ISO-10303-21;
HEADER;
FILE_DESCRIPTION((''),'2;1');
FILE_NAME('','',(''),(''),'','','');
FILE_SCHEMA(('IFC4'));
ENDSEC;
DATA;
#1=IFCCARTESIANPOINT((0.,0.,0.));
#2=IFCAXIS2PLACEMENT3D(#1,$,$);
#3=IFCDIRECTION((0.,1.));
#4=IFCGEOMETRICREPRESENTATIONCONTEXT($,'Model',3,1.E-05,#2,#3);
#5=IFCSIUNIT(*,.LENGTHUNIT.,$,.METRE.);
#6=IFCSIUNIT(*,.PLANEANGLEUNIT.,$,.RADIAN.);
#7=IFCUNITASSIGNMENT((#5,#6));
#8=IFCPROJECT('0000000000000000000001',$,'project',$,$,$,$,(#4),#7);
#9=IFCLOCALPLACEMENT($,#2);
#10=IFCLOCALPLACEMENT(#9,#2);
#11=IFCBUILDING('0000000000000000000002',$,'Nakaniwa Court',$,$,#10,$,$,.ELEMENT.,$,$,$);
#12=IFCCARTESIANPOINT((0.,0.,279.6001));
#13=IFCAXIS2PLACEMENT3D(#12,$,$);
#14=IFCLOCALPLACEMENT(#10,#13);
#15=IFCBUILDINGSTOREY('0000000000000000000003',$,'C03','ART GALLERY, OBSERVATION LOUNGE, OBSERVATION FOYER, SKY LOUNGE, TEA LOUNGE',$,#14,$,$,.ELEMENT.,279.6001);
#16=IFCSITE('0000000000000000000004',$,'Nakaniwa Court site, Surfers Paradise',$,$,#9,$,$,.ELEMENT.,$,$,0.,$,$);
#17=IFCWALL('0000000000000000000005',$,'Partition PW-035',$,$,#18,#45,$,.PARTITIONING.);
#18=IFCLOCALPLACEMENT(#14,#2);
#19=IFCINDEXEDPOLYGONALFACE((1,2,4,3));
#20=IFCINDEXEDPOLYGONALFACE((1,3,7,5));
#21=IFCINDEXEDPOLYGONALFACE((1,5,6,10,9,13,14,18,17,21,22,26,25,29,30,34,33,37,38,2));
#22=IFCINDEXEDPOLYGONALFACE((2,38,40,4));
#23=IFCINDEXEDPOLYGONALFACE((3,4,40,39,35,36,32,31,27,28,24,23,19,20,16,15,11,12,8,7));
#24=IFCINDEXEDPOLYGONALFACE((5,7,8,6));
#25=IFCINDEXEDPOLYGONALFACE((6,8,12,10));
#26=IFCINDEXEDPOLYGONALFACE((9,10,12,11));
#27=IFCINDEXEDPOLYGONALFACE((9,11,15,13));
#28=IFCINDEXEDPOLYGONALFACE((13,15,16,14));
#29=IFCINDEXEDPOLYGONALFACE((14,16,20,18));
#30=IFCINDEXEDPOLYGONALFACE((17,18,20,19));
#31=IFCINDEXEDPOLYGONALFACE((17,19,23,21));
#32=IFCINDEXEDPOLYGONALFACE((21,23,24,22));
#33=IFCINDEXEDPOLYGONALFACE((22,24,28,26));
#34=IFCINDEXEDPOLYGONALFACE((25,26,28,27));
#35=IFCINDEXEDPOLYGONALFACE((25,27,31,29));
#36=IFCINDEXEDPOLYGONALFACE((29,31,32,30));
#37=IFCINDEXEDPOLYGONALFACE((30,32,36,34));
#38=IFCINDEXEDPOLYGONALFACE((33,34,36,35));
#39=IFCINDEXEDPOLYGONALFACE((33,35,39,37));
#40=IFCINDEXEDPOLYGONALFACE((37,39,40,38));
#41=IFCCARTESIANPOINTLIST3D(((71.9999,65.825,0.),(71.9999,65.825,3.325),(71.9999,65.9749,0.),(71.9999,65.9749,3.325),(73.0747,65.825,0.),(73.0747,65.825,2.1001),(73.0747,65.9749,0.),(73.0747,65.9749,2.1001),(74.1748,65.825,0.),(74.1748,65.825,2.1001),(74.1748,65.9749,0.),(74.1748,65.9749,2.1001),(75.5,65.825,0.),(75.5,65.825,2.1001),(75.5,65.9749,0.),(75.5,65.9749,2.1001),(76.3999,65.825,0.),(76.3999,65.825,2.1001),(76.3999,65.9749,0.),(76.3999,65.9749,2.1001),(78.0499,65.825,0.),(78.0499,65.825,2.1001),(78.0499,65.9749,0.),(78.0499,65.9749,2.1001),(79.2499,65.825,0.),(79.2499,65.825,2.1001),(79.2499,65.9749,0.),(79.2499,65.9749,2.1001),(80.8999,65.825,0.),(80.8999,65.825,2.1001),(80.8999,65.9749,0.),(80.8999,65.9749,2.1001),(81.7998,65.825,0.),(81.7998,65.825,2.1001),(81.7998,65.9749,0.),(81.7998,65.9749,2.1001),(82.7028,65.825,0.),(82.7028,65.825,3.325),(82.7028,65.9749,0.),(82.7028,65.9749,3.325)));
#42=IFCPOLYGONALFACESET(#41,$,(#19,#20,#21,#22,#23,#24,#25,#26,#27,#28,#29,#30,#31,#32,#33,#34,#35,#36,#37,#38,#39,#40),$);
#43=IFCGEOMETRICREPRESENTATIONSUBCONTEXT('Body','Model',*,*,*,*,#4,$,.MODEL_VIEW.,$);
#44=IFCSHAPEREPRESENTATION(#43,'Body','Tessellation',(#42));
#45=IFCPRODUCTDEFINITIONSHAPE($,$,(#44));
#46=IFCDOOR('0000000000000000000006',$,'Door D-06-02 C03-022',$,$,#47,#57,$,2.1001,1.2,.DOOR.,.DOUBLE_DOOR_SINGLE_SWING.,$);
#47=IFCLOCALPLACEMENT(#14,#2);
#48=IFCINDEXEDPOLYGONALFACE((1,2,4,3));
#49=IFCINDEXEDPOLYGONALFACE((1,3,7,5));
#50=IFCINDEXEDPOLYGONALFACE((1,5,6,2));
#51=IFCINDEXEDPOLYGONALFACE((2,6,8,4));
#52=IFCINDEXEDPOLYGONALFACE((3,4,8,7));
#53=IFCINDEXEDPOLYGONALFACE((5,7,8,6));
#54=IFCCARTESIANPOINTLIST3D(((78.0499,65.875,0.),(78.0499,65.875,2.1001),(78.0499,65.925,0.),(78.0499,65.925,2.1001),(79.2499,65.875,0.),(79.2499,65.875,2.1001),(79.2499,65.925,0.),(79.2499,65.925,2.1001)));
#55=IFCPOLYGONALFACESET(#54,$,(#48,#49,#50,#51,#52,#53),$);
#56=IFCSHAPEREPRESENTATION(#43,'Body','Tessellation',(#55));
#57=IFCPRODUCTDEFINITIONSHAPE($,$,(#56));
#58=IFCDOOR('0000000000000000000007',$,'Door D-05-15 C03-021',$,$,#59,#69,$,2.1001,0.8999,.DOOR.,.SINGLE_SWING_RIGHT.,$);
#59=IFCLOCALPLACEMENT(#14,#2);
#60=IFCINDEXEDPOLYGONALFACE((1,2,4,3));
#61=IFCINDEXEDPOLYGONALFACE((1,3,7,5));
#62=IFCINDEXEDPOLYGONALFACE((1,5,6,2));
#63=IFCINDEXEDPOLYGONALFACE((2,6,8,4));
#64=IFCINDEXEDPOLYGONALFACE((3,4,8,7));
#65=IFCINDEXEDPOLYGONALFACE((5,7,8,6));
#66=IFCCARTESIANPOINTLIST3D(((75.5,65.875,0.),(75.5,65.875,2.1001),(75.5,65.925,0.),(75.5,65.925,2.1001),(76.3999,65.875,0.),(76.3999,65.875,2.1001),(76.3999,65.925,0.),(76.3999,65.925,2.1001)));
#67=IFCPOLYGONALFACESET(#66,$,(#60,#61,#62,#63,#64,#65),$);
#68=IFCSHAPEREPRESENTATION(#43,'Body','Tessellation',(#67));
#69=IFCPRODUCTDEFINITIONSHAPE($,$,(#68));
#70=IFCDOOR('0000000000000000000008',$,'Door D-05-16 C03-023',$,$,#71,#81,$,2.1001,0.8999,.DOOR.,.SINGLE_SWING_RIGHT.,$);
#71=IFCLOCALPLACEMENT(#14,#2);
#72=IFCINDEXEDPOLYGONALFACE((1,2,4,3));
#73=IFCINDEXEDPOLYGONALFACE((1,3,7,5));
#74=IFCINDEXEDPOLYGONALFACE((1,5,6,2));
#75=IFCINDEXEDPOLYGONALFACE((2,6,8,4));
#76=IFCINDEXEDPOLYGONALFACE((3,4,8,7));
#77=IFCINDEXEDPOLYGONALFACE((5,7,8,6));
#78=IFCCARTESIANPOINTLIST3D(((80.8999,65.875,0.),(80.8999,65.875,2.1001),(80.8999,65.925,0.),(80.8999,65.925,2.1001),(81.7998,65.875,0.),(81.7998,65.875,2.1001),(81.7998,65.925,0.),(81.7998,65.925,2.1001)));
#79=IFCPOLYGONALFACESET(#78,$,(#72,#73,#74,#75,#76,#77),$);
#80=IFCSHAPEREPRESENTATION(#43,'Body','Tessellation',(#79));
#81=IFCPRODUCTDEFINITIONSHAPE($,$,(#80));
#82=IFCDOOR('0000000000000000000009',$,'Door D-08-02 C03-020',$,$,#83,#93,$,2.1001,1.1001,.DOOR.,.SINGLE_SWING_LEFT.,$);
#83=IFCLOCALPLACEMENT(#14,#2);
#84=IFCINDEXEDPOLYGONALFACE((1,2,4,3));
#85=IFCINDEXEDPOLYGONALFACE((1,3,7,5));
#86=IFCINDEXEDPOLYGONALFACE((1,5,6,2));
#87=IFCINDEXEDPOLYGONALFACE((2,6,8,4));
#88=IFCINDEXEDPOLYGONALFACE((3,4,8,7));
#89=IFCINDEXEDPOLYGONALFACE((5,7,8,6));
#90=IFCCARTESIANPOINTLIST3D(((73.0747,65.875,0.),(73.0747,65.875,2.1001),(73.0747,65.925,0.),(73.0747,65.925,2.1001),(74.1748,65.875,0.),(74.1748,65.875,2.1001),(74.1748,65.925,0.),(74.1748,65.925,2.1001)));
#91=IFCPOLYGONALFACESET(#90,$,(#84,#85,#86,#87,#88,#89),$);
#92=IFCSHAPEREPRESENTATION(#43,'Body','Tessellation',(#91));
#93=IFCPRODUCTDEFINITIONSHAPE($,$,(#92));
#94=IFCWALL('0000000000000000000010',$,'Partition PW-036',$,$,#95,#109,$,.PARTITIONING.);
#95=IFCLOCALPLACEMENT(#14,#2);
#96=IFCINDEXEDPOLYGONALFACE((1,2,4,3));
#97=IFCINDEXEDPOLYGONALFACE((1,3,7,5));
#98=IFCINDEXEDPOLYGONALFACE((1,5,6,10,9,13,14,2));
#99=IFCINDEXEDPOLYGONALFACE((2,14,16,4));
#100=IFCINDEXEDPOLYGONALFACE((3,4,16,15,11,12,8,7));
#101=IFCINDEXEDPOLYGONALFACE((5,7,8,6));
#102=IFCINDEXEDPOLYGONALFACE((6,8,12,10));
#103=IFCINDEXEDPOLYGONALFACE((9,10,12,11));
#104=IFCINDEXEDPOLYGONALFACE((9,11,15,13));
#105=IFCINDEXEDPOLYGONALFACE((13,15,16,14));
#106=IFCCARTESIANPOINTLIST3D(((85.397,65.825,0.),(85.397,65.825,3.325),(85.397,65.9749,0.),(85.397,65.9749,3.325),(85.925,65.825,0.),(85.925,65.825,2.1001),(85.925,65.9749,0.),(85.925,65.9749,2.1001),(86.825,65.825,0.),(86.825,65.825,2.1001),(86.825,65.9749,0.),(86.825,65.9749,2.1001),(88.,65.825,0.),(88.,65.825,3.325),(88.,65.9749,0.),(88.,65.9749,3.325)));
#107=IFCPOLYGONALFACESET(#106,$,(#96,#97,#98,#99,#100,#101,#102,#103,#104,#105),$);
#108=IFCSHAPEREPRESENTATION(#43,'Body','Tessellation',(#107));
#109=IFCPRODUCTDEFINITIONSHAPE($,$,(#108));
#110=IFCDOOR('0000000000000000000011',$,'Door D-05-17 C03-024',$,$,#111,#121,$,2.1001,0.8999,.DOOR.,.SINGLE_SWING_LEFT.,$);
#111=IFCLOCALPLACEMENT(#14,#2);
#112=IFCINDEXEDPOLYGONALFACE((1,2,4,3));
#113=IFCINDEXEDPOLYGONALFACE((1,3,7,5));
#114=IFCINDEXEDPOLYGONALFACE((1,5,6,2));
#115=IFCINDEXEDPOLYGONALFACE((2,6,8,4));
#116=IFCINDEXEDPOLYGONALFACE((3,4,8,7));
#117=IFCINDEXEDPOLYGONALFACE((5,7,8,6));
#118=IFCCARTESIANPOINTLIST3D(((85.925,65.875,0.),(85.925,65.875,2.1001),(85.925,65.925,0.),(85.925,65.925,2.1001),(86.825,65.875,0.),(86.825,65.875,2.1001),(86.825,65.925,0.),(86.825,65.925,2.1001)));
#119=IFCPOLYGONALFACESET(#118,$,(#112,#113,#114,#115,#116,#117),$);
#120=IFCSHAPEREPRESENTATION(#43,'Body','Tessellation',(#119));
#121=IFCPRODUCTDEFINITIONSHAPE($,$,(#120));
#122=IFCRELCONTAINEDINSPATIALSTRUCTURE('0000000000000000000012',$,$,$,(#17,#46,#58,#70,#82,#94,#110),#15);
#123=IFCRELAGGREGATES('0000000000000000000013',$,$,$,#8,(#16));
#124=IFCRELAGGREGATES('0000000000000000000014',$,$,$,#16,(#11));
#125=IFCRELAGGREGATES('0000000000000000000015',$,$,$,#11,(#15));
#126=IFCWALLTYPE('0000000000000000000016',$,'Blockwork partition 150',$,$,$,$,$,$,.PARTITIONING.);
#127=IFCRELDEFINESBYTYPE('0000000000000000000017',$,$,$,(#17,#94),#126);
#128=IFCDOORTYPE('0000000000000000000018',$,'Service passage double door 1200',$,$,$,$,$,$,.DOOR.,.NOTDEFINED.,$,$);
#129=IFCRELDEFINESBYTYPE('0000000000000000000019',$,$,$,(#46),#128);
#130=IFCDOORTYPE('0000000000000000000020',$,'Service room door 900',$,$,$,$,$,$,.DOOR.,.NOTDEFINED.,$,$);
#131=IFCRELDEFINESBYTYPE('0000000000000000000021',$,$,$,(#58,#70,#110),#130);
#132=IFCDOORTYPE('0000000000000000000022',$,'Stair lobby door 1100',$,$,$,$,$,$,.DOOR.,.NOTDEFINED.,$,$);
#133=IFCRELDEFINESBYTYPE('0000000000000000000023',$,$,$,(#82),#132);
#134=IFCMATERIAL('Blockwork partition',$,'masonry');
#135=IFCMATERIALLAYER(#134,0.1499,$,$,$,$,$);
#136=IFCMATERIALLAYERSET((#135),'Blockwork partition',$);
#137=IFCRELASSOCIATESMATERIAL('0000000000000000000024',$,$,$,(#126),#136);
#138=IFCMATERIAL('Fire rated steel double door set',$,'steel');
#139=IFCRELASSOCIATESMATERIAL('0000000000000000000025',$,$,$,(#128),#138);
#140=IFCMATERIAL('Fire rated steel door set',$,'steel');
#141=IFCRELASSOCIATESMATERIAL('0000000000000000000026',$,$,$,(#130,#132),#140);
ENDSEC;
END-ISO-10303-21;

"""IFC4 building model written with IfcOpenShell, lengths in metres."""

from ifc_helpers import new_model, si_unit, direction, frame, frame_2d, origin, place, context, subcontext, project, spatial, rectangle, extrude, material, layer, layer_set, type_object, element, fill, save


model = new_model("IFC4")

# Units and contexts
model_context = context("Model", 3, precision=1e-05, world=origin(), true_north=direction((0.0, 1.0)))
body_context = subcontext(model_context, "Body", "Model", "MODEL_VIEW")
ifc_project = project(units=[si_unit("LENGTHUNIT", "METRE"), si_unit("PLANEANGLEUNIT", "RADIAN")], contexts=[model_context])

# Site, building, storey
site_placement = place(None, origin())
site = spatial("IfcSite", under=ifc_project, at=site_placement, Name="Nakaniwa Court site, Surfers Paradise", CompositionType="ELEMENT", RefElevation=0.0)
building_placement = place(site_placement, origin())
building = spatial("IfcBuilding", under=site, at=building_placement, Name="Nakaniwa Court", CompositionType="ELEMENT")
storey_placement = place(building_placement, frame((0.0, 0.0, 279.6001)))
storey = spatial("IfcBuildingStorey", under=building, at=storey_placement, Name="C03", Description="ART GALLERY, OBSERVATION LOUNGE, OBSERVATION FOYER, SKY LOUNGE, TEA LOUNGE", CompositionType="ELEMENT", Elevation=279.6001)

# Shared definitions
ifc_material_1 = material(Name="Blockwork partition", Category="masonry")
ifc_layer_1 = layer(ifc_material_1, 0.1499)
ifc_layer_set_1 = layer_set([ifc_layer_1], Name="Blockwork partition")
wall_type_1 = type_object("IfcWallType", Name="Blockwork partition 150", PredefinedType="PARTITIONING", material=ifc_layer_set_1)

# Wall, openings, doors
wall_1_placement = place(storey_placement, frame((82.7029, 65.8999, 0.0), z_axis=(0.0, 0.0, 1.0), x_axis=(-1.0, 0.0, 0.0)))
wall_1 = element("IfcWall", 1, at=wall_1_placement, inside=storey, type_object=wall_type_1, Name="Partition PW-035", PredefinedType="PARTITIONING", context=body_context, shape_type="SweptSolid", body=[
    extrude(rectangle(XDim=10.7029, YDim=0.1499, at=frame_2d((5.3516, 0.0))), origin(), (0.0, 0.0, 1.0), 3.325),
])
opening_1_placement = place(wall_1_placement, frame((8.5281, 0.0, 0.0)))
opening_1 = element("IfcOpeningElement", 2, at=opening_1_placement, cuts=wall_1, PredefinedType="OPENING", context=body_context, shape_type="SweptSolid", body=[
    extrude(rectangle(XDim=1.1001, YDim=2.1001, at=frame_2d((0.55, 1.05))), frame((0.0, 0.085, 0.0), z_axis=(0.0, -1.0, 0.0), x_axis=(1.0, 0.0, 0.0)), (0.0, 0.0, 1.0), 0.1699),
])
opening_2_placement = place(wall_1_placement, frame((6.303, 0.0, 0.0)))
opening_2 = element("IfcOpeningElement", 3, at=opening_2_placement, cuts=wall_1, PredefinedType="OPENING", context=body_context, shape_type="SweptSolid", body=[
    extrude(rectangle(XDim=0.8999, YDim=2.1001, at=frame_2d((0.45, 1.05))), frame((0.0, 0.085, 0.0), z_axis=(0.0, -1.0, 0.0), x_axis=(1.0, 0.0, 0.0)), (0.0, 0.0, 1.0), 0.1699),
])
opening_3_placement = place(wall_1_placement, frame((3.4529, 0.0, 0.0)))
opening_3 = element("IfcOpeningElement", 4, at=opening_3_placement, cuts=wall_1, PredefinedType="OPENING", context=body_context, shape_type="SweptSolid", body=[
    extrude(rectangle(XDim=1.2, YDim=2.1001, at=frame_2d((0.6001, 1.05))), frame((0.0, 0.085, 0.0), z_axis=(0.0, -1.0, 0.0), x_axis=(1.0, 0.0, 0.0)), (0.0, 0.0, 1.0), 0.1699),
])
opening_4_placement = place(wall_1_placement, frame((0.9031, 0.0, 0.0)))
opening_4 = element("IfcOpeningElement", 5, at=opening_4_placement, cuts=wall_1, PredefinedType="OPENING", context=body_context, shape_type="SweptSolid", body=[
    extrude(rectangle(XDim=0.8999, YDim=2.1001, at=frame_2d((0.45, 1.05))), frame((0.0, 0.085, 0.0), z_axis=(0.0, -1.0, 0.0), x_axis=(1.0, 0.0, 0.0)), (0.0, 0.0, 1.0), 0.1699),
])
ifc_material_2 = material(Name="Fire rated steel double door set", Category="steel")
door_type_1 = type_object("IfcDoorType", Name="Service passage double door 1200", OperationType="NOTDEFINED", PredefinedType="DOOR", material=ifc_material_2)
door_1_placement = place(opening_3_placement, origin())
door_1 = element("IfcDoor", 6, at=door_1_placement, inside=storey, type_object=door_type_1, Name="Door D-06-02 C03-022", OperationType="DOUBLE_DOOR_SINGLE_SWING", OverallHeight=2.1001, OverallWidth=1.2, PredefinedType="DOOR", context=body_context, shape_type="SweptSolid", body=[
    extrude(rectangle(XDim=1.2, YDim=2.1001, at=frame_2d((0.6001, 1.05))), frame((0.0, 0.0249, 0.0), z_axis=(0.0, -1.0, 0.0), x_axis=(1.0, 0.0, 0.0)), (0.0, 0.0, 1.0), 0.05),
])
fill(opening_3, door_1)
ifc_material_3 = material(Name="Fire rated steel door set", Category="steel")
door_type_2 = type_object("IfcDoorType", Name="Service room door 900", OperationType="NOTDEFINED", PredefinedType="DOOR", material=ifc_material_3)
door_2_placement = place(opening_2_placement, origin())
door_2 = element("IfcDoor", 7, at=door_2_placement, inside=storey, type_object=door_type_2, Name="Door D-05-15 C03-021", OperationType="SINGLE_SWING_RIGHT", OverallHeight=2.1001, OverallWidth=0.8999, PredefinedType="DOOR", context=body_context, shape_type="SweptSolid", body=[
    extrude(rectangle(XDim=0.8999, YDim=2.1001, at=frame_2d((0.45, 1.05))), frame((0.0, 0.0249, 0.0), z_axis=(0.0, -1.0, 0.0), x_axis=(1.0, 0.0, 0.0)), (0.0, 0.0, 1.0), 0.05),
])
fill(opening_2, door_2)
door_3_placement = place(opening_4_placement, origin())
door_3 = element("IfcDoor", 8, at=door_3_placement, inside=storey, type_object=door_type_2, Name="Door D-05-16 C03-023", OperationType="SINGLE_SWING_RIGHT", OverallHeight=2.1001, OverallWidth=0.8999, PredefinedType="DOOR", context=body_context, shape_type="SweptSolid", body=[
    extrude(rectangle(XDim=0.8999, YDim=2.1001, at=frame_2d((0.45, 1.05))), frame((0.0, 0.0249, 0.0), z_axis=(0.0, -1.0, 0.0), x_axis=(1.0, 0.0, 0.0)), (0.0, 0.0, 1.0), 0.05),
])
fill(opening_4, door_3)
door_type_3 = type_object("IfcDoorType", Name="Stair lobby door 1100", OperationType="NOTDEFINED", PredefinedType="DOOR", material=ifc_material_3)
door_4_placement = place(opening_1_placement, origin())
door_4 = element("IfcDoor", 9, at=door_4_placement, inside=storey, type_object=door_type_3, Name="Door D-08-02 C03-020", OperationType="SINGLE_SWING_LEFT", OverallHeight=2.1001, OverallWidth=1.1001, PredefinedType="DOOR", context=body_context, shape_type="SweptSolid", body=[
    extrude(rectangle(XDim=1.1001, YDim=2.1001, at=frame_2d((0.55, 1.05))), frame((0.0, 0.0249, 0.0), z_axis=(0.0, -1.0, 0.0), x_axis=(1.0, 0.0, 0.0)), (0.0, 0.0, 1.0), 0.05),
])
fill(opening_1, door_4)

# Wall, opening, door
wall_2_placement = place(storey_placement, frame((88.0, 65.8999, 0.0), z_axis=(0.0, 0.0, 1.0), x_axis=(-1.0, 0.0, 0.0)))
wall_2 = element("IfcWall", 10, at=wall_2_placement, inside=storey, type_object=wall_type_1, Name="Partition PW-036", PredefinedType="PARTITIONING", context=body_context, shape_type="SweptSolid", body=[
    extrude(rectangle(XDim=2.603, YDim=0.1499, at=frame_2d((1.3015, 0.0))), origin(), (0.0, 0.0, 1.0), 3.325),
])
opening_5_placement = place(wall_2_placement, frame((1.175, 0.0, 0.0)))
opening_5 = element("IfcOpeningElement", 11, at=opening_5_placement, cuts=wall_2, PredefinedType="OPENING", context=body_context, shape_type="SweptSolid", body=[
    extrude(rectangle(XDim=0.8999, YDim=2.1001, at=frame_2d((0.45, 1.05))), frame((0.0, 0.085, 0.0), z_axis=(0.0, -1.0, 0.0), x_axis=(1.0, 0.0, 0.0)), (0.0, 0.0, 1.0), 0.1699),
])
door_5_placement = place(opening_5_placement, origin())
door_5 = element("IfcDoor", 12, at=door_5_placement, inside=storey, type_object=door_type_2, Name="Door D-05-17 C03-024", OperationType="SINGLE_SWING_LEFT", OverallHeight=2.1001, OverallWidth=0.8999, PredefinedType="DOOR", context=body_context, shape_type="SweptSolid", body=[
    extrude(rectangle(XDim=0.8999, YDim=2.1001, at=frame_2d((0.45, 1.05))), frame((0.0, 0.0249, 0.0), z_axis=(0.0, -1.0, 0.0), x_axis=(1.0, 0.0, 0.0)), (0.0, 0.0, 1.0), 0.05),
])
fill(opening_5, door_5)

save(model, "model.ifc")
